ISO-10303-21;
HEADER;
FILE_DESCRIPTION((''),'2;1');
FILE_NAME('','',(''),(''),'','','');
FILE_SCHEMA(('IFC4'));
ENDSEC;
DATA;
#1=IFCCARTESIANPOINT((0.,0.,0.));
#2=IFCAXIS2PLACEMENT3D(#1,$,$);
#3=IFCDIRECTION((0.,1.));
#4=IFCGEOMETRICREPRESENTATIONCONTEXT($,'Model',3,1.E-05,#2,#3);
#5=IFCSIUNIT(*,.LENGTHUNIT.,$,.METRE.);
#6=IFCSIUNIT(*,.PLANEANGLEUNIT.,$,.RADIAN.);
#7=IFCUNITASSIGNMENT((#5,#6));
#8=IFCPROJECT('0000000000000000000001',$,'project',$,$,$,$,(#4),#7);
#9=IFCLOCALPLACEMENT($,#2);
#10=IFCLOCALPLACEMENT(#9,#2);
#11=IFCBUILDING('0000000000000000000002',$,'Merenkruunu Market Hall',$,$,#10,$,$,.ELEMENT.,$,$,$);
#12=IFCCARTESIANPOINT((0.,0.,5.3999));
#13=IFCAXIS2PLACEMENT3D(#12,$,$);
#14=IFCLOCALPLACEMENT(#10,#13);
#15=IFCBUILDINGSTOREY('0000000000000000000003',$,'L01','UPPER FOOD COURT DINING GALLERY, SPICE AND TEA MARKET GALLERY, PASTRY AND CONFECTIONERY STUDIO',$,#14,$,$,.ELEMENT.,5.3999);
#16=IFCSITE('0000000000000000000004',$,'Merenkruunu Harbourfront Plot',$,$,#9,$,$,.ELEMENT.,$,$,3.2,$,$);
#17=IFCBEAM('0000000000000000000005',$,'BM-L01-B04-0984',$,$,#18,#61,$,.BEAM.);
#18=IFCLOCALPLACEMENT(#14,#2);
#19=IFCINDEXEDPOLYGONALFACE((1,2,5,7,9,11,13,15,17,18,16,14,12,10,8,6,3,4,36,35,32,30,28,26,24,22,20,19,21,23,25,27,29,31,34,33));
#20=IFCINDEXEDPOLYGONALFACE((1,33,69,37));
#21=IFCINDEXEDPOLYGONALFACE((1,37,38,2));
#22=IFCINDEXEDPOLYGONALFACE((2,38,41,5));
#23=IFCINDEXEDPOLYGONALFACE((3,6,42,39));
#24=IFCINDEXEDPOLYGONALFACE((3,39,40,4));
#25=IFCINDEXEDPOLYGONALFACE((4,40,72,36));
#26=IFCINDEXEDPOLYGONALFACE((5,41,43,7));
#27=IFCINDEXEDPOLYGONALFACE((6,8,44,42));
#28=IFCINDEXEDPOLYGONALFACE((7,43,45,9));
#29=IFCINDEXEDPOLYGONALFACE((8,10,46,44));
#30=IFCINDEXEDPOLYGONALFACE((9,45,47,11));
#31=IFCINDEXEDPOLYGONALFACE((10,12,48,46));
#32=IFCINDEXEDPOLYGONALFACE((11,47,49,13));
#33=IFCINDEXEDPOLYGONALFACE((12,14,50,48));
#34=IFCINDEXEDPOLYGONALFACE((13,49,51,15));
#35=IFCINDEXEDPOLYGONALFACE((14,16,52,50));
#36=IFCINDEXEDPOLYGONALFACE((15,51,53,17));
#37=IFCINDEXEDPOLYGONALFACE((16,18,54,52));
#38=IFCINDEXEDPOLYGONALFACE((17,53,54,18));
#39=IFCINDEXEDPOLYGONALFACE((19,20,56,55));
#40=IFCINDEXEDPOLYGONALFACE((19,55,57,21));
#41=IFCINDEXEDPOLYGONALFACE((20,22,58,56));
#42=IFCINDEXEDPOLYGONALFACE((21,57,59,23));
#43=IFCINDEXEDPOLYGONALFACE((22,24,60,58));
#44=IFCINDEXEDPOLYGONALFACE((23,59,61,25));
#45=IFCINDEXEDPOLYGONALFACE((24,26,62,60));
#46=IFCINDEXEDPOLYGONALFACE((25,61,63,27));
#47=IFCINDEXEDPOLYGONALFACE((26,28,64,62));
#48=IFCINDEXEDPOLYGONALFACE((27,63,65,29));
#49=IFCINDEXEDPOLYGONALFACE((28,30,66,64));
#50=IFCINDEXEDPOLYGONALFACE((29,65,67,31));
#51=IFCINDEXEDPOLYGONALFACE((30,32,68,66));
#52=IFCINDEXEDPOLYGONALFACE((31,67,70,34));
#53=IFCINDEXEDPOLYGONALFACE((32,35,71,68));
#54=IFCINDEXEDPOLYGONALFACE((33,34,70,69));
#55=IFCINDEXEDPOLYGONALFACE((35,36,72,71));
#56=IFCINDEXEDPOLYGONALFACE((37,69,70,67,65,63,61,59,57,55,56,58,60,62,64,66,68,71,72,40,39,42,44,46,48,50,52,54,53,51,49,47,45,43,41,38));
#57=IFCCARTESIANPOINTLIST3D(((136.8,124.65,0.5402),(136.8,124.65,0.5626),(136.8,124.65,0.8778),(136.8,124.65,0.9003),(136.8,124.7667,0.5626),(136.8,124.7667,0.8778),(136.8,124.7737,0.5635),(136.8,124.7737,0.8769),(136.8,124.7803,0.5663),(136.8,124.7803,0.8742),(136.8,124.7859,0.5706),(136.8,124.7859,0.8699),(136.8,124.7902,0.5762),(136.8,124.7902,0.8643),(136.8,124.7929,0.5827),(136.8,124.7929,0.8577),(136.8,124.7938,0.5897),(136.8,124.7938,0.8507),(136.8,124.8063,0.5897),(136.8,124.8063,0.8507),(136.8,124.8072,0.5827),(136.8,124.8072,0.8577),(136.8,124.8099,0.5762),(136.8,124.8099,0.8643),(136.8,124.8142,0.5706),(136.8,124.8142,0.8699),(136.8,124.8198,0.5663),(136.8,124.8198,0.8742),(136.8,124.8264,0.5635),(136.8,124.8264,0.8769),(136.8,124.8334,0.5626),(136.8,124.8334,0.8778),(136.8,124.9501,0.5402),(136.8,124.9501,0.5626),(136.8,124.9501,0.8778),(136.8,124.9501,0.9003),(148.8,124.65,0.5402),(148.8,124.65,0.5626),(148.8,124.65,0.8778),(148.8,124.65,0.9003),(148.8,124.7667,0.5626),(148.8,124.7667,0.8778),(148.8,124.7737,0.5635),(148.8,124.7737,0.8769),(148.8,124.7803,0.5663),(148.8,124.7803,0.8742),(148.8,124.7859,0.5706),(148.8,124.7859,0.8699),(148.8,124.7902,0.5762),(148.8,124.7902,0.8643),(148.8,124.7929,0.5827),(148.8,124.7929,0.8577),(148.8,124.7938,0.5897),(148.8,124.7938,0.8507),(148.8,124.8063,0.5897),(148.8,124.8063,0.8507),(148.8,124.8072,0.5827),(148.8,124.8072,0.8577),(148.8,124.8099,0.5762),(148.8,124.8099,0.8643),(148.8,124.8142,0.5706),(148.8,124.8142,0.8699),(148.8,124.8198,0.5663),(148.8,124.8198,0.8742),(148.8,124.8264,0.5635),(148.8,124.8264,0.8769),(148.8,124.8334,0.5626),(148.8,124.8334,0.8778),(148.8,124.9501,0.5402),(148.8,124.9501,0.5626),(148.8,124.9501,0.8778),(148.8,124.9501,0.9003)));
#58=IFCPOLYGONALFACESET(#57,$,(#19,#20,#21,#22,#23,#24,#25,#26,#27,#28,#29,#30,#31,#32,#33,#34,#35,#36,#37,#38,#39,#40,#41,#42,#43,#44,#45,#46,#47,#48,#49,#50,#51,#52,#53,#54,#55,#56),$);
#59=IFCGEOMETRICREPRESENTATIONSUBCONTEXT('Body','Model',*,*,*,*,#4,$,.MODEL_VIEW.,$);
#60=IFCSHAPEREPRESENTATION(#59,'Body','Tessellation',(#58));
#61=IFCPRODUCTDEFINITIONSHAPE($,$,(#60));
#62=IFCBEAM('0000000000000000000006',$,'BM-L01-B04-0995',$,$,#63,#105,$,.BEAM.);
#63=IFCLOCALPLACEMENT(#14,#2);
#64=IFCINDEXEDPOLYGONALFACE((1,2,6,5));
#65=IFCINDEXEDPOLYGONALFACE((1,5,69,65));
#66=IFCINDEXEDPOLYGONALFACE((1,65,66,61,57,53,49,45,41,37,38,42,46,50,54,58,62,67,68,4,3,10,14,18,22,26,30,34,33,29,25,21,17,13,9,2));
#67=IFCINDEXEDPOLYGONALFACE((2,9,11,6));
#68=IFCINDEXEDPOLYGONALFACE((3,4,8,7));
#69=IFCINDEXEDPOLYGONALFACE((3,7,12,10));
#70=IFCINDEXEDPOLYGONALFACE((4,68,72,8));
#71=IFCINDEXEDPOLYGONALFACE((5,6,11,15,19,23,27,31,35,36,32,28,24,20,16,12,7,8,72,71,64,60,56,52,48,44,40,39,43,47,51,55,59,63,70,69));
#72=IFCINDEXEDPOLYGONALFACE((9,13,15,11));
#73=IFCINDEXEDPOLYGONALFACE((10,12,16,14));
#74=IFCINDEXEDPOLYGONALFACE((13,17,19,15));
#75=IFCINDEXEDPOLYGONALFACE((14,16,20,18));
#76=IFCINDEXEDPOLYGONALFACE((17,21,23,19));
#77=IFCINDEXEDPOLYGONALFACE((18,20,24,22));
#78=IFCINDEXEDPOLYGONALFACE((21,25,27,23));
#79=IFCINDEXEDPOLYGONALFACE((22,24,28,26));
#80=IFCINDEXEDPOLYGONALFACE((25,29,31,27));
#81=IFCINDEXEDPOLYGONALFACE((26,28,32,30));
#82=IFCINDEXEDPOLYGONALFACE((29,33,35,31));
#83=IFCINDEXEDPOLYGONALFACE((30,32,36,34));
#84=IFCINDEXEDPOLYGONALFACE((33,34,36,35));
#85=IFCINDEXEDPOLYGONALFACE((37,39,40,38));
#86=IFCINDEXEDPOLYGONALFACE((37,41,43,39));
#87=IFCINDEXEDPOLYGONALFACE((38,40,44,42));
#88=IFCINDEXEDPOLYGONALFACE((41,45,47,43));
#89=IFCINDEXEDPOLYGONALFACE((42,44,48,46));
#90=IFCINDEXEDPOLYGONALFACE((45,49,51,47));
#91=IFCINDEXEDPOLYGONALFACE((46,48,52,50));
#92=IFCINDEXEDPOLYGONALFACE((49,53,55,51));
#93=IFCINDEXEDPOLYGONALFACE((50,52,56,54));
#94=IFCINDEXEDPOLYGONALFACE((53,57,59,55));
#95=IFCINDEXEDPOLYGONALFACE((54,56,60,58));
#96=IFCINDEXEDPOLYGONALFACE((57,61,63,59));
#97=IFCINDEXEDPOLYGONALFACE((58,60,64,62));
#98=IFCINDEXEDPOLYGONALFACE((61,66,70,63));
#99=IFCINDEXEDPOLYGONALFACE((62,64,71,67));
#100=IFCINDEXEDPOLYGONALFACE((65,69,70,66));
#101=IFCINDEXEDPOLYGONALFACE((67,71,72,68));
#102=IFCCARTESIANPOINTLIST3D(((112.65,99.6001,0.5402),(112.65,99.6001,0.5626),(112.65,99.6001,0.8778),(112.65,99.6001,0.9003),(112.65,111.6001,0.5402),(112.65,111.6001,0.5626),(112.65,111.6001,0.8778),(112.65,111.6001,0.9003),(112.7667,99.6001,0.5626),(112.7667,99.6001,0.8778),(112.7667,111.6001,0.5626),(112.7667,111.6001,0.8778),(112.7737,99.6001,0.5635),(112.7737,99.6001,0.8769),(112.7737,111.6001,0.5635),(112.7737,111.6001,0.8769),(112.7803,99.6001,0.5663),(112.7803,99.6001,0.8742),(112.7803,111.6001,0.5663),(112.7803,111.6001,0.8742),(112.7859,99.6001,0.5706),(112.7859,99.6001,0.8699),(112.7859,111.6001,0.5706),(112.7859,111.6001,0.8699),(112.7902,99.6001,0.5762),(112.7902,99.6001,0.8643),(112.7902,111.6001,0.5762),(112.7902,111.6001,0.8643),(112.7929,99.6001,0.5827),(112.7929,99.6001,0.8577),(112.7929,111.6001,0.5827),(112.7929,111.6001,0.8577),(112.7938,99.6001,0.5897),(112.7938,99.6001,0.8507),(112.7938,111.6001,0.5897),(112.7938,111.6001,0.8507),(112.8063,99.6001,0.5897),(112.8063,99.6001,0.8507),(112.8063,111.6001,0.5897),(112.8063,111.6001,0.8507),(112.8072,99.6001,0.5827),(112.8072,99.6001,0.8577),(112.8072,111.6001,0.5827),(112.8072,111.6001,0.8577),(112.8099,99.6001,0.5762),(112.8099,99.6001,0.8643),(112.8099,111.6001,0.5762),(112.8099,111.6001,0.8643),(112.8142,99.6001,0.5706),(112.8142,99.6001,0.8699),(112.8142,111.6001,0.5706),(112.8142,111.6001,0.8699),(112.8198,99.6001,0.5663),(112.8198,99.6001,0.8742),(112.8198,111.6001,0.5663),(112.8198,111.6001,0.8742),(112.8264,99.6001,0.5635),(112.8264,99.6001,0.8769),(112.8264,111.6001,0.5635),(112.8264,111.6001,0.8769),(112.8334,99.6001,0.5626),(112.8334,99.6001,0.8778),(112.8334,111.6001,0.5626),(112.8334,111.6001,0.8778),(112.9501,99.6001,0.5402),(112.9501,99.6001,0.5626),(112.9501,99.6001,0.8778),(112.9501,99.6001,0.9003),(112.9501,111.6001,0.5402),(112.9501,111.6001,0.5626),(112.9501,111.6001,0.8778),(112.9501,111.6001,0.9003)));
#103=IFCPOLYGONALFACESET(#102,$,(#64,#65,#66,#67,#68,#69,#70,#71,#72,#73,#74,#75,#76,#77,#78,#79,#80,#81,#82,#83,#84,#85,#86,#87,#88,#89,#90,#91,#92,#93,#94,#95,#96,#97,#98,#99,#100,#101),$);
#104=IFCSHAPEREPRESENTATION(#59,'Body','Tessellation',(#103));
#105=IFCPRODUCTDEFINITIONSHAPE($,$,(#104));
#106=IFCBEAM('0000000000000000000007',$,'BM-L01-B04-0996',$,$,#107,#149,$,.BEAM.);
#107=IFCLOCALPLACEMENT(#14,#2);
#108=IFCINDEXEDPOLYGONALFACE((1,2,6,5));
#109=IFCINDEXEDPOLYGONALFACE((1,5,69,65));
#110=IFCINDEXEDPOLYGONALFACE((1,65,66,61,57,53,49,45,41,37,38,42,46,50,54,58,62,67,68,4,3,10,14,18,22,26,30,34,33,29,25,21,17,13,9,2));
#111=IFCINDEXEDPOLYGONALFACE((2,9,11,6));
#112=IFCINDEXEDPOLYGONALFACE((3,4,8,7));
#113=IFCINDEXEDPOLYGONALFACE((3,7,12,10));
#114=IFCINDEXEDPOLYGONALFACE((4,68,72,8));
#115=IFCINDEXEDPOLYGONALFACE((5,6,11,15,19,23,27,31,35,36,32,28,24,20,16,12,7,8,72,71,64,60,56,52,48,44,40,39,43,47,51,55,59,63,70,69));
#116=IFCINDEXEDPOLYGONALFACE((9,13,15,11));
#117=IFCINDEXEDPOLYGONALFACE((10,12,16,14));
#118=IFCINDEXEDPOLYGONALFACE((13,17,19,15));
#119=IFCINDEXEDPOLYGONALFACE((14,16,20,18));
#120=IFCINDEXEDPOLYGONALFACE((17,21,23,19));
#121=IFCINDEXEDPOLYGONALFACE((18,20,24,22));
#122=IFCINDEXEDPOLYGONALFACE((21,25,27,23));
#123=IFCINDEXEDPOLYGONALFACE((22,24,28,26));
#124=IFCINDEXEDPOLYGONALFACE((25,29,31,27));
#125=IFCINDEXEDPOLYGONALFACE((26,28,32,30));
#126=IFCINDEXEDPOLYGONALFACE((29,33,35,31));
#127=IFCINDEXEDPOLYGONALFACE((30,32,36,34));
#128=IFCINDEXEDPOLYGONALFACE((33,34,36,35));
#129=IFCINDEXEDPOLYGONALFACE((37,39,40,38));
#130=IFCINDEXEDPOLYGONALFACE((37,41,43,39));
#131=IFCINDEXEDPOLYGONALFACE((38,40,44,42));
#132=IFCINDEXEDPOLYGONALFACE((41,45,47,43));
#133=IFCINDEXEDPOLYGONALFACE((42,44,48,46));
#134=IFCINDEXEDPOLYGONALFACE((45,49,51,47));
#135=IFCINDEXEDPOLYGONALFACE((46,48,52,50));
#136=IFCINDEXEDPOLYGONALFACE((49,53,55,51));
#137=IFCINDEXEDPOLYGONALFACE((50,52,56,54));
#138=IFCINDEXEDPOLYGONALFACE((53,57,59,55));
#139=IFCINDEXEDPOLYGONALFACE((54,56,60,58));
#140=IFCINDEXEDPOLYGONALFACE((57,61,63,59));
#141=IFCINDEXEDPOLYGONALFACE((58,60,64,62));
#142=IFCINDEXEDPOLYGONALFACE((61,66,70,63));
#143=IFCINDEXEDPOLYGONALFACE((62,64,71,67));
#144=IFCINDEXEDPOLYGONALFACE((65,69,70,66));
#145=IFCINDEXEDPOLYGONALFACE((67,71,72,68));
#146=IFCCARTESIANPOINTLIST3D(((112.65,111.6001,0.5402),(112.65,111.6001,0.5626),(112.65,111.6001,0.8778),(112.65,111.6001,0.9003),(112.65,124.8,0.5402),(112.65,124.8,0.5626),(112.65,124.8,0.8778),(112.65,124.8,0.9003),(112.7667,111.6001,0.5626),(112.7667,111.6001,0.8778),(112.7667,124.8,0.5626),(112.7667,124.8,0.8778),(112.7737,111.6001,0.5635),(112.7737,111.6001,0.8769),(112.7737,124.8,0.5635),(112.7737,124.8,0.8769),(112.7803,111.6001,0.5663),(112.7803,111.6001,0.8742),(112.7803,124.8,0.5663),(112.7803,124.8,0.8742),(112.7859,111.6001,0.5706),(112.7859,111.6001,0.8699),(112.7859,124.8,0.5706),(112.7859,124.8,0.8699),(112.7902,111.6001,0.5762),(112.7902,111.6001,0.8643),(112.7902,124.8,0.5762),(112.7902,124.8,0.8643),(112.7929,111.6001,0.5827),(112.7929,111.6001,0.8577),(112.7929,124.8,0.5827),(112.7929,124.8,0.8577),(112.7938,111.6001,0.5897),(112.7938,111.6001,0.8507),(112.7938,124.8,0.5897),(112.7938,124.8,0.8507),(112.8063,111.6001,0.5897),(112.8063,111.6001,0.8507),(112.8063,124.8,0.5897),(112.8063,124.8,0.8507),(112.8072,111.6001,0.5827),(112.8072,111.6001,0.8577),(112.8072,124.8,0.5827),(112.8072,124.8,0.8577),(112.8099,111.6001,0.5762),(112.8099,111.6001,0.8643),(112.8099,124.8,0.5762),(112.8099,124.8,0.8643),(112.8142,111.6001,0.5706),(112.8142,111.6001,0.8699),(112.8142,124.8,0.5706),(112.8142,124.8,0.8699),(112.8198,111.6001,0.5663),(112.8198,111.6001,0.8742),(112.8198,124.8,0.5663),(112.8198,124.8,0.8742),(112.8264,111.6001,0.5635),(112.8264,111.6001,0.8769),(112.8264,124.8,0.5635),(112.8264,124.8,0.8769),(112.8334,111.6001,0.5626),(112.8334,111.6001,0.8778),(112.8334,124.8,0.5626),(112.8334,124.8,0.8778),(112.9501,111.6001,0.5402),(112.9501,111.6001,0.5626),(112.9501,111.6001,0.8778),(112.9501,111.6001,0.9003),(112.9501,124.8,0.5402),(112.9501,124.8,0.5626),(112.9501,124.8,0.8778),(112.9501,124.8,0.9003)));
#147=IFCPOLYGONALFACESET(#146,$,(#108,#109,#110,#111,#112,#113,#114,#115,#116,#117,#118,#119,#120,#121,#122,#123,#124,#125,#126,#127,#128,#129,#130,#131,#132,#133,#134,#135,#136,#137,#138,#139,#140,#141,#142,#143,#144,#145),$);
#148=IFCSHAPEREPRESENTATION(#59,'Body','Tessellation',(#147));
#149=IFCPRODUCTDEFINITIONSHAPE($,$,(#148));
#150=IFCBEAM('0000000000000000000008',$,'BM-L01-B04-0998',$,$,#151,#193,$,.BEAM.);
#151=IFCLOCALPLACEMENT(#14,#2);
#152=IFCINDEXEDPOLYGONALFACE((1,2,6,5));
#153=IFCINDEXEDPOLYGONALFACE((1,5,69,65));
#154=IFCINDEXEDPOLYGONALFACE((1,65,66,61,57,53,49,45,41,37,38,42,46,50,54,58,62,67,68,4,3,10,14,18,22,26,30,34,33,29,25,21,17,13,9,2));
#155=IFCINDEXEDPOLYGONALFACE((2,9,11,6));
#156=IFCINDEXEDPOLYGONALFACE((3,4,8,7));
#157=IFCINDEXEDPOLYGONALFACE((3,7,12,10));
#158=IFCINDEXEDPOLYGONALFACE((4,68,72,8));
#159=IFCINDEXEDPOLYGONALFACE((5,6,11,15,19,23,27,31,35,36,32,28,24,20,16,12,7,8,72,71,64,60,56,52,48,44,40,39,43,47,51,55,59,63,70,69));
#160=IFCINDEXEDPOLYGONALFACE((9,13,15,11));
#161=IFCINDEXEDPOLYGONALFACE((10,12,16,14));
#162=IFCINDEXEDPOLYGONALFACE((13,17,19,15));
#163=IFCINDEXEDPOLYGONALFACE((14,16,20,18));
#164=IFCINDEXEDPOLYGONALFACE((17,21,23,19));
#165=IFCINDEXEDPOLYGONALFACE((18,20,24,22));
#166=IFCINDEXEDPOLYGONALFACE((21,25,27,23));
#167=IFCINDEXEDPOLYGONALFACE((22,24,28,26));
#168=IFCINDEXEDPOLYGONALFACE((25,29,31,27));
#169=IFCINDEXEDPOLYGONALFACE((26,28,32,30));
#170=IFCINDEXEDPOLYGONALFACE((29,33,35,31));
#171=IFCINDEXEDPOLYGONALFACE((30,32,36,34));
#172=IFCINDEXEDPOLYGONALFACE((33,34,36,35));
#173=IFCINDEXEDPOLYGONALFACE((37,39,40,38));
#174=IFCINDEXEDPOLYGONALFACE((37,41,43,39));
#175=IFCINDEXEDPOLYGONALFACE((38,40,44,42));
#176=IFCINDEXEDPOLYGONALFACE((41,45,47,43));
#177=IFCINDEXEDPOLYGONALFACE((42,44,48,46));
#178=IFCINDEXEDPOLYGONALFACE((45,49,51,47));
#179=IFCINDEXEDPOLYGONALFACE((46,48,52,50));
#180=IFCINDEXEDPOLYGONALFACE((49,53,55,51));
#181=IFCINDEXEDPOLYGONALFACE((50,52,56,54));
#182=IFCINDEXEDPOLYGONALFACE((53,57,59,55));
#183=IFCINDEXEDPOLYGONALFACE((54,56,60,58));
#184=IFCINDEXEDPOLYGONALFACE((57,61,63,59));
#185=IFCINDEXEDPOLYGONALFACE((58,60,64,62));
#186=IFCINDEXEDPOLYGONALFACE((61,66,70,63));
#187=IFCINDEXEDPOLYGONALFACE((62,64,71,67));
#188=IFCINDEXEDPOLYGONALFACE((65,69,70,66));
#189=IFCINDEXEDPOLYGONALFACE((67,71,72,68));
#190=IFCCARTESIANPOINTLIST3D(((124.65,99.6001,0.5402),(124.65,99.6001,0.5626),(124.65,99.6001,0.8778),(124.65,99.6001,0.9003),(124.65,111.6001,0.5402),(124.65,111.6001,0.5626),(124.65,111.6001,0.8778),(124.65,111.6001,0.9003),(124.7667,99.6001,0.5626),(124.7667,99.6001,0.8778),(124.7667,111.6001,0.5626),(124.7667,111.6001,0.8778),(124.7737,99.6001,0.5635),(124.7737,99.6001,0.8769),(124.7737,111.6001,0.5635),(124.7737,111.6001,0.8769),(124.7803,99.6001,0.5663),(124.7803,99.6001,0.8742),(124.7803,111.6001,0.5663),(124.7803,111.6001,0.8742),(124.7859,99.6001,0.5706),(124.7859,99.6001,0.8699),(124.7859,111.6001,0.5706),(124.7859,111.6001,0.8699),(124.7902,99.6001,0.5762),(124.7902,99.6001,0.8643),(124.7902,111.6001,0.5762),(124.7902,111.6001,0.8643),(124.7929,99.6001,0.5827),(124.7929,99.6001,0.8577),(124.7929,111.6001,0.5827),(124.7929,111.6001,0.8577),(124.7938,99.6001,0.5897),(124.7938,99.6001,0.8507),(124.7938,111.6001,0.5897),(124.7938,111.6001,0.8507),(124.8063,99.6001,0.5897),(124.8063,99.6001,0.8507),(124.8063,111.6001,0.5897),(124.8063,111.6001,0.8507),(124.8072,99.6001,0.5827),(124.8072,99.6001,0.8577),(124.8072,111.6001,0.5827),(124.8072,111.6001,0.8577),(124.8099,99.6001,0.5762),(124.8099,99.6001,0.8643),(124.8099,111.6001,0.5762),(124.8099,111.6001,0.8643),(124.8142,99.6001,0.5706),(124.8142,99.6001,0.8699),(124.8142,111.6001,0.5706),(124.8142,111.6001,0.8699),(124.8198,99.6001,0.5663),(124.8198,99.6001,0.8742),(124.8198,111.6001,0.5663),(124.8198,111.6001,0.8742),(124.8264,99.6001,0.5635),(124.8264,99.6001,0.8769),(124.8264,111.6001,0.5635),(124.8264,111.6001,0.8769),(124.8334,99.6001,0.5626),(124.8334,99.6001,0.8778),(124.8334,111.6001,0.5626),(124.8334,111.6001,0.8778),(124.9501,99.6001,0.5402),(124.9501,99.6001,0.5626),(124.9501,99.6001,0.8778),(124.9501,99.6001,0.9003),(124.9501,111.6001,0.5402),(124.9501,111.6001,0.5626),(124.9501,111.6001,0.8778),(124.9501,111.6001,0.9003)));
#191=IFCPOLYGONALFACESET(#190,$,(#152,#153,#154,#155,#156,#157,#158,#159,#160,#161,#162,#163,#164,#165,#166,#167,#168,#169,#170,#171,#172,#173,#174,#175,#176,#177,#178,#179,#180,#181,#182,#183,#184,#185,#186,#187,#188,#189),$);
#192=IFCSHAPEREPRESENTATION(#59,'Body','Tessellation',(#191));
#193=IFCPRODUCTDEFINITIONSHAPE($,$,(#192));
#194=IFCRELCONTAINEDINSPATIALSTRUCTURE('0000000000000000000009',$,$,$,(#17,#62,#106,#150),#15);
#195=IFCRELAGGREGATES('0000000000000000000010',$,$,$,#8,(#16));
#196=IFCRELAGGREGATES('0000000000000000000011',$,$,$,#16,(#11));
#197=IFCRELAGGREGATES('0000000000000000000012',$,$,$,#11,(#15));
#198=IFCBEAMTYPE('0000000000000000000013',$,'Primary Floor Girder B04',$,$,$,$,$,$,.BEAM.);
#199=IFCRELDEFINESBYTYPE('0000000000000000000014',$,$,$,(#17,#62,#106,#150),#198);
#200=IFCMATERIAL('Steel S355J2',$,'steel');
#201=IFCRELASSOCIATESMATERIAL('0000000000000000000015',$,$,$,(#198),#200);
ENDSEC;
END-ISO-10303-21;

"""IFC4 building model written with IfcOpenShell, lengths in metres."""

from ifc_helpers import new_model, si_unit, direction, frame, origin, origin_2d, place, context, subcontext, project, spatial, i_section, extrude, material, material_profile, profile_set, type_object, element, save


model = new_model("IFC4")

# Units and contexts
model_context = context("Model", 3, precision=1e-05, world=origin(), true_north=direction((0.0, 1.0)))
body_context = subcontext(model_context, "Body", "Model", "MODEL_VIEW")
ifc_project = project(units=[si_unit("LENGTHUNIT", "METRE"), si_unit("PLANEANGLEUNIT", "RADIAN")], contexts=[model_context])

# Site, building, storey
site_placement = place(None, origin())
site = spatial("IfcSite", under=ifc_project, at=site_placement, Name="Merenkruunu Harbourfront Plot", CompositionType="ELEMENT", RefElevation=3.2)
building_placement = place(site_placement, origin())
building = spatial("IfcBuilding", under=site, at=building_placement, Name="Merenkruunu Market Hall", CompositionType="ELEMENT")
storey_placement = place(building_placement, frame((0.0, 0.0, 5.3999)))
storey = spatial("IfcBuildingStorey", under=building, at=storey_placement, Name="L01", Description="UPPER FOOD COURT DINING GALLERY, SPICE AND TEA MARKET GALLERY, PASTRY AND CONFECTIONERY STUDIO", CompositionType="ELEMENT", Elevation=5.3999)

# Beams
ifc_material_1 = material(Name="Steel S355J2", Category="steel")
ifc_material_profile_1 = material_profile(ifc_material_1, i_section(OverallWidth=0.3, OverallDepth=0.3601, WebThickness=0.0125, FlangeThickness=0.0225, FilletRadius=0.0271, at=origin_2d()), Name="HEB 360")
ifc_profile_set_1 = profile_set([ifc_material_profile_1], Name="Steel S355J2")
beam_type_1 = type_object("IfcBeamType", Name="Primary Floor Girder B04", PredefinedType="BEAM", material=ifc_profile_set_1)
for number, where, z_axis, x_axis, name in (
    (1, (136.8, 124.8, 0.7202), (1.0, 0.0, 0.0), (0.0, 1.0, 0.0), "BM-L01-B04-0984"),
    (2, (112.8, 99.6001, 0.7202), (0.0, 1.0, 0.0), (-1.0, 0.0, 0.0), "BM-L01-B04-0995"),
):
    element("IfcBeam", number, at=place(storey_placement, frame(where, z_axis=z_axis, x_axis=x_axis)), inside=storey, type_object=beam_type_1, Name=name, PredefinedType="BEAM", context=body_context, shape_type="SweptSolid", body=[
        extrude(i_section(OverallWidth=0.3, OverallDepth=0.3601, WebThickness=0.0125, FlangeThickness=0.0225, FilletRadius=0.0271, at=origin_2d()), origin(), (0.0, 0.0, 1.0), 12.0),
    ])
beam_1_placement = place(storey_placement, frame((112.8, 111.6001, 0.7202), z_axis=(0.0, 1.0, 0.0), x_axis=(-1.0, 0.0, 0.0)))
element("IfcBeam", 3, at=beam_1_placement, inside=storey, type_object=beam_type_1, Name="BM-L01-B04-0996", PredefinedType="BEAM", context=body_context, shape_type="SweptSolid", body=[
    extrude(i_section(OverallWidth=0.3, OverallDepth=0.3601, WebThickness=0.0125, FlangeThickness=0.0225, FilletRadius=0.0271, at=origin_2d()), origin(), (0.0, 0.0, 1.0), 13.2),
])
beam_2_placement = place(storey_placement, frame((124.8, 99.6001, 0.7202), z_axis=(0.0, 1.0, 0.0), x_axis=(-1.0, 0.0, 0.0)))
element("IfcBeam", 4, at=beam_2_placement, inside=storey, type_object=beam_type_1, Name="BM-L01-B04-0998", PredefinedType="BEAM", context=body_context, shape_type="SweptSolid", body=[
    extrude(i_section(OverallWidth=0.3, OverallDepth=0.3601, WebThickness=0.0125, FlangeThickness=0.0225, FilletRadius=0.0271, at=origin_2d()), origin(), (0.0, 0.0, 1.0), 12.0),
])

save(model, "model.ifc")
